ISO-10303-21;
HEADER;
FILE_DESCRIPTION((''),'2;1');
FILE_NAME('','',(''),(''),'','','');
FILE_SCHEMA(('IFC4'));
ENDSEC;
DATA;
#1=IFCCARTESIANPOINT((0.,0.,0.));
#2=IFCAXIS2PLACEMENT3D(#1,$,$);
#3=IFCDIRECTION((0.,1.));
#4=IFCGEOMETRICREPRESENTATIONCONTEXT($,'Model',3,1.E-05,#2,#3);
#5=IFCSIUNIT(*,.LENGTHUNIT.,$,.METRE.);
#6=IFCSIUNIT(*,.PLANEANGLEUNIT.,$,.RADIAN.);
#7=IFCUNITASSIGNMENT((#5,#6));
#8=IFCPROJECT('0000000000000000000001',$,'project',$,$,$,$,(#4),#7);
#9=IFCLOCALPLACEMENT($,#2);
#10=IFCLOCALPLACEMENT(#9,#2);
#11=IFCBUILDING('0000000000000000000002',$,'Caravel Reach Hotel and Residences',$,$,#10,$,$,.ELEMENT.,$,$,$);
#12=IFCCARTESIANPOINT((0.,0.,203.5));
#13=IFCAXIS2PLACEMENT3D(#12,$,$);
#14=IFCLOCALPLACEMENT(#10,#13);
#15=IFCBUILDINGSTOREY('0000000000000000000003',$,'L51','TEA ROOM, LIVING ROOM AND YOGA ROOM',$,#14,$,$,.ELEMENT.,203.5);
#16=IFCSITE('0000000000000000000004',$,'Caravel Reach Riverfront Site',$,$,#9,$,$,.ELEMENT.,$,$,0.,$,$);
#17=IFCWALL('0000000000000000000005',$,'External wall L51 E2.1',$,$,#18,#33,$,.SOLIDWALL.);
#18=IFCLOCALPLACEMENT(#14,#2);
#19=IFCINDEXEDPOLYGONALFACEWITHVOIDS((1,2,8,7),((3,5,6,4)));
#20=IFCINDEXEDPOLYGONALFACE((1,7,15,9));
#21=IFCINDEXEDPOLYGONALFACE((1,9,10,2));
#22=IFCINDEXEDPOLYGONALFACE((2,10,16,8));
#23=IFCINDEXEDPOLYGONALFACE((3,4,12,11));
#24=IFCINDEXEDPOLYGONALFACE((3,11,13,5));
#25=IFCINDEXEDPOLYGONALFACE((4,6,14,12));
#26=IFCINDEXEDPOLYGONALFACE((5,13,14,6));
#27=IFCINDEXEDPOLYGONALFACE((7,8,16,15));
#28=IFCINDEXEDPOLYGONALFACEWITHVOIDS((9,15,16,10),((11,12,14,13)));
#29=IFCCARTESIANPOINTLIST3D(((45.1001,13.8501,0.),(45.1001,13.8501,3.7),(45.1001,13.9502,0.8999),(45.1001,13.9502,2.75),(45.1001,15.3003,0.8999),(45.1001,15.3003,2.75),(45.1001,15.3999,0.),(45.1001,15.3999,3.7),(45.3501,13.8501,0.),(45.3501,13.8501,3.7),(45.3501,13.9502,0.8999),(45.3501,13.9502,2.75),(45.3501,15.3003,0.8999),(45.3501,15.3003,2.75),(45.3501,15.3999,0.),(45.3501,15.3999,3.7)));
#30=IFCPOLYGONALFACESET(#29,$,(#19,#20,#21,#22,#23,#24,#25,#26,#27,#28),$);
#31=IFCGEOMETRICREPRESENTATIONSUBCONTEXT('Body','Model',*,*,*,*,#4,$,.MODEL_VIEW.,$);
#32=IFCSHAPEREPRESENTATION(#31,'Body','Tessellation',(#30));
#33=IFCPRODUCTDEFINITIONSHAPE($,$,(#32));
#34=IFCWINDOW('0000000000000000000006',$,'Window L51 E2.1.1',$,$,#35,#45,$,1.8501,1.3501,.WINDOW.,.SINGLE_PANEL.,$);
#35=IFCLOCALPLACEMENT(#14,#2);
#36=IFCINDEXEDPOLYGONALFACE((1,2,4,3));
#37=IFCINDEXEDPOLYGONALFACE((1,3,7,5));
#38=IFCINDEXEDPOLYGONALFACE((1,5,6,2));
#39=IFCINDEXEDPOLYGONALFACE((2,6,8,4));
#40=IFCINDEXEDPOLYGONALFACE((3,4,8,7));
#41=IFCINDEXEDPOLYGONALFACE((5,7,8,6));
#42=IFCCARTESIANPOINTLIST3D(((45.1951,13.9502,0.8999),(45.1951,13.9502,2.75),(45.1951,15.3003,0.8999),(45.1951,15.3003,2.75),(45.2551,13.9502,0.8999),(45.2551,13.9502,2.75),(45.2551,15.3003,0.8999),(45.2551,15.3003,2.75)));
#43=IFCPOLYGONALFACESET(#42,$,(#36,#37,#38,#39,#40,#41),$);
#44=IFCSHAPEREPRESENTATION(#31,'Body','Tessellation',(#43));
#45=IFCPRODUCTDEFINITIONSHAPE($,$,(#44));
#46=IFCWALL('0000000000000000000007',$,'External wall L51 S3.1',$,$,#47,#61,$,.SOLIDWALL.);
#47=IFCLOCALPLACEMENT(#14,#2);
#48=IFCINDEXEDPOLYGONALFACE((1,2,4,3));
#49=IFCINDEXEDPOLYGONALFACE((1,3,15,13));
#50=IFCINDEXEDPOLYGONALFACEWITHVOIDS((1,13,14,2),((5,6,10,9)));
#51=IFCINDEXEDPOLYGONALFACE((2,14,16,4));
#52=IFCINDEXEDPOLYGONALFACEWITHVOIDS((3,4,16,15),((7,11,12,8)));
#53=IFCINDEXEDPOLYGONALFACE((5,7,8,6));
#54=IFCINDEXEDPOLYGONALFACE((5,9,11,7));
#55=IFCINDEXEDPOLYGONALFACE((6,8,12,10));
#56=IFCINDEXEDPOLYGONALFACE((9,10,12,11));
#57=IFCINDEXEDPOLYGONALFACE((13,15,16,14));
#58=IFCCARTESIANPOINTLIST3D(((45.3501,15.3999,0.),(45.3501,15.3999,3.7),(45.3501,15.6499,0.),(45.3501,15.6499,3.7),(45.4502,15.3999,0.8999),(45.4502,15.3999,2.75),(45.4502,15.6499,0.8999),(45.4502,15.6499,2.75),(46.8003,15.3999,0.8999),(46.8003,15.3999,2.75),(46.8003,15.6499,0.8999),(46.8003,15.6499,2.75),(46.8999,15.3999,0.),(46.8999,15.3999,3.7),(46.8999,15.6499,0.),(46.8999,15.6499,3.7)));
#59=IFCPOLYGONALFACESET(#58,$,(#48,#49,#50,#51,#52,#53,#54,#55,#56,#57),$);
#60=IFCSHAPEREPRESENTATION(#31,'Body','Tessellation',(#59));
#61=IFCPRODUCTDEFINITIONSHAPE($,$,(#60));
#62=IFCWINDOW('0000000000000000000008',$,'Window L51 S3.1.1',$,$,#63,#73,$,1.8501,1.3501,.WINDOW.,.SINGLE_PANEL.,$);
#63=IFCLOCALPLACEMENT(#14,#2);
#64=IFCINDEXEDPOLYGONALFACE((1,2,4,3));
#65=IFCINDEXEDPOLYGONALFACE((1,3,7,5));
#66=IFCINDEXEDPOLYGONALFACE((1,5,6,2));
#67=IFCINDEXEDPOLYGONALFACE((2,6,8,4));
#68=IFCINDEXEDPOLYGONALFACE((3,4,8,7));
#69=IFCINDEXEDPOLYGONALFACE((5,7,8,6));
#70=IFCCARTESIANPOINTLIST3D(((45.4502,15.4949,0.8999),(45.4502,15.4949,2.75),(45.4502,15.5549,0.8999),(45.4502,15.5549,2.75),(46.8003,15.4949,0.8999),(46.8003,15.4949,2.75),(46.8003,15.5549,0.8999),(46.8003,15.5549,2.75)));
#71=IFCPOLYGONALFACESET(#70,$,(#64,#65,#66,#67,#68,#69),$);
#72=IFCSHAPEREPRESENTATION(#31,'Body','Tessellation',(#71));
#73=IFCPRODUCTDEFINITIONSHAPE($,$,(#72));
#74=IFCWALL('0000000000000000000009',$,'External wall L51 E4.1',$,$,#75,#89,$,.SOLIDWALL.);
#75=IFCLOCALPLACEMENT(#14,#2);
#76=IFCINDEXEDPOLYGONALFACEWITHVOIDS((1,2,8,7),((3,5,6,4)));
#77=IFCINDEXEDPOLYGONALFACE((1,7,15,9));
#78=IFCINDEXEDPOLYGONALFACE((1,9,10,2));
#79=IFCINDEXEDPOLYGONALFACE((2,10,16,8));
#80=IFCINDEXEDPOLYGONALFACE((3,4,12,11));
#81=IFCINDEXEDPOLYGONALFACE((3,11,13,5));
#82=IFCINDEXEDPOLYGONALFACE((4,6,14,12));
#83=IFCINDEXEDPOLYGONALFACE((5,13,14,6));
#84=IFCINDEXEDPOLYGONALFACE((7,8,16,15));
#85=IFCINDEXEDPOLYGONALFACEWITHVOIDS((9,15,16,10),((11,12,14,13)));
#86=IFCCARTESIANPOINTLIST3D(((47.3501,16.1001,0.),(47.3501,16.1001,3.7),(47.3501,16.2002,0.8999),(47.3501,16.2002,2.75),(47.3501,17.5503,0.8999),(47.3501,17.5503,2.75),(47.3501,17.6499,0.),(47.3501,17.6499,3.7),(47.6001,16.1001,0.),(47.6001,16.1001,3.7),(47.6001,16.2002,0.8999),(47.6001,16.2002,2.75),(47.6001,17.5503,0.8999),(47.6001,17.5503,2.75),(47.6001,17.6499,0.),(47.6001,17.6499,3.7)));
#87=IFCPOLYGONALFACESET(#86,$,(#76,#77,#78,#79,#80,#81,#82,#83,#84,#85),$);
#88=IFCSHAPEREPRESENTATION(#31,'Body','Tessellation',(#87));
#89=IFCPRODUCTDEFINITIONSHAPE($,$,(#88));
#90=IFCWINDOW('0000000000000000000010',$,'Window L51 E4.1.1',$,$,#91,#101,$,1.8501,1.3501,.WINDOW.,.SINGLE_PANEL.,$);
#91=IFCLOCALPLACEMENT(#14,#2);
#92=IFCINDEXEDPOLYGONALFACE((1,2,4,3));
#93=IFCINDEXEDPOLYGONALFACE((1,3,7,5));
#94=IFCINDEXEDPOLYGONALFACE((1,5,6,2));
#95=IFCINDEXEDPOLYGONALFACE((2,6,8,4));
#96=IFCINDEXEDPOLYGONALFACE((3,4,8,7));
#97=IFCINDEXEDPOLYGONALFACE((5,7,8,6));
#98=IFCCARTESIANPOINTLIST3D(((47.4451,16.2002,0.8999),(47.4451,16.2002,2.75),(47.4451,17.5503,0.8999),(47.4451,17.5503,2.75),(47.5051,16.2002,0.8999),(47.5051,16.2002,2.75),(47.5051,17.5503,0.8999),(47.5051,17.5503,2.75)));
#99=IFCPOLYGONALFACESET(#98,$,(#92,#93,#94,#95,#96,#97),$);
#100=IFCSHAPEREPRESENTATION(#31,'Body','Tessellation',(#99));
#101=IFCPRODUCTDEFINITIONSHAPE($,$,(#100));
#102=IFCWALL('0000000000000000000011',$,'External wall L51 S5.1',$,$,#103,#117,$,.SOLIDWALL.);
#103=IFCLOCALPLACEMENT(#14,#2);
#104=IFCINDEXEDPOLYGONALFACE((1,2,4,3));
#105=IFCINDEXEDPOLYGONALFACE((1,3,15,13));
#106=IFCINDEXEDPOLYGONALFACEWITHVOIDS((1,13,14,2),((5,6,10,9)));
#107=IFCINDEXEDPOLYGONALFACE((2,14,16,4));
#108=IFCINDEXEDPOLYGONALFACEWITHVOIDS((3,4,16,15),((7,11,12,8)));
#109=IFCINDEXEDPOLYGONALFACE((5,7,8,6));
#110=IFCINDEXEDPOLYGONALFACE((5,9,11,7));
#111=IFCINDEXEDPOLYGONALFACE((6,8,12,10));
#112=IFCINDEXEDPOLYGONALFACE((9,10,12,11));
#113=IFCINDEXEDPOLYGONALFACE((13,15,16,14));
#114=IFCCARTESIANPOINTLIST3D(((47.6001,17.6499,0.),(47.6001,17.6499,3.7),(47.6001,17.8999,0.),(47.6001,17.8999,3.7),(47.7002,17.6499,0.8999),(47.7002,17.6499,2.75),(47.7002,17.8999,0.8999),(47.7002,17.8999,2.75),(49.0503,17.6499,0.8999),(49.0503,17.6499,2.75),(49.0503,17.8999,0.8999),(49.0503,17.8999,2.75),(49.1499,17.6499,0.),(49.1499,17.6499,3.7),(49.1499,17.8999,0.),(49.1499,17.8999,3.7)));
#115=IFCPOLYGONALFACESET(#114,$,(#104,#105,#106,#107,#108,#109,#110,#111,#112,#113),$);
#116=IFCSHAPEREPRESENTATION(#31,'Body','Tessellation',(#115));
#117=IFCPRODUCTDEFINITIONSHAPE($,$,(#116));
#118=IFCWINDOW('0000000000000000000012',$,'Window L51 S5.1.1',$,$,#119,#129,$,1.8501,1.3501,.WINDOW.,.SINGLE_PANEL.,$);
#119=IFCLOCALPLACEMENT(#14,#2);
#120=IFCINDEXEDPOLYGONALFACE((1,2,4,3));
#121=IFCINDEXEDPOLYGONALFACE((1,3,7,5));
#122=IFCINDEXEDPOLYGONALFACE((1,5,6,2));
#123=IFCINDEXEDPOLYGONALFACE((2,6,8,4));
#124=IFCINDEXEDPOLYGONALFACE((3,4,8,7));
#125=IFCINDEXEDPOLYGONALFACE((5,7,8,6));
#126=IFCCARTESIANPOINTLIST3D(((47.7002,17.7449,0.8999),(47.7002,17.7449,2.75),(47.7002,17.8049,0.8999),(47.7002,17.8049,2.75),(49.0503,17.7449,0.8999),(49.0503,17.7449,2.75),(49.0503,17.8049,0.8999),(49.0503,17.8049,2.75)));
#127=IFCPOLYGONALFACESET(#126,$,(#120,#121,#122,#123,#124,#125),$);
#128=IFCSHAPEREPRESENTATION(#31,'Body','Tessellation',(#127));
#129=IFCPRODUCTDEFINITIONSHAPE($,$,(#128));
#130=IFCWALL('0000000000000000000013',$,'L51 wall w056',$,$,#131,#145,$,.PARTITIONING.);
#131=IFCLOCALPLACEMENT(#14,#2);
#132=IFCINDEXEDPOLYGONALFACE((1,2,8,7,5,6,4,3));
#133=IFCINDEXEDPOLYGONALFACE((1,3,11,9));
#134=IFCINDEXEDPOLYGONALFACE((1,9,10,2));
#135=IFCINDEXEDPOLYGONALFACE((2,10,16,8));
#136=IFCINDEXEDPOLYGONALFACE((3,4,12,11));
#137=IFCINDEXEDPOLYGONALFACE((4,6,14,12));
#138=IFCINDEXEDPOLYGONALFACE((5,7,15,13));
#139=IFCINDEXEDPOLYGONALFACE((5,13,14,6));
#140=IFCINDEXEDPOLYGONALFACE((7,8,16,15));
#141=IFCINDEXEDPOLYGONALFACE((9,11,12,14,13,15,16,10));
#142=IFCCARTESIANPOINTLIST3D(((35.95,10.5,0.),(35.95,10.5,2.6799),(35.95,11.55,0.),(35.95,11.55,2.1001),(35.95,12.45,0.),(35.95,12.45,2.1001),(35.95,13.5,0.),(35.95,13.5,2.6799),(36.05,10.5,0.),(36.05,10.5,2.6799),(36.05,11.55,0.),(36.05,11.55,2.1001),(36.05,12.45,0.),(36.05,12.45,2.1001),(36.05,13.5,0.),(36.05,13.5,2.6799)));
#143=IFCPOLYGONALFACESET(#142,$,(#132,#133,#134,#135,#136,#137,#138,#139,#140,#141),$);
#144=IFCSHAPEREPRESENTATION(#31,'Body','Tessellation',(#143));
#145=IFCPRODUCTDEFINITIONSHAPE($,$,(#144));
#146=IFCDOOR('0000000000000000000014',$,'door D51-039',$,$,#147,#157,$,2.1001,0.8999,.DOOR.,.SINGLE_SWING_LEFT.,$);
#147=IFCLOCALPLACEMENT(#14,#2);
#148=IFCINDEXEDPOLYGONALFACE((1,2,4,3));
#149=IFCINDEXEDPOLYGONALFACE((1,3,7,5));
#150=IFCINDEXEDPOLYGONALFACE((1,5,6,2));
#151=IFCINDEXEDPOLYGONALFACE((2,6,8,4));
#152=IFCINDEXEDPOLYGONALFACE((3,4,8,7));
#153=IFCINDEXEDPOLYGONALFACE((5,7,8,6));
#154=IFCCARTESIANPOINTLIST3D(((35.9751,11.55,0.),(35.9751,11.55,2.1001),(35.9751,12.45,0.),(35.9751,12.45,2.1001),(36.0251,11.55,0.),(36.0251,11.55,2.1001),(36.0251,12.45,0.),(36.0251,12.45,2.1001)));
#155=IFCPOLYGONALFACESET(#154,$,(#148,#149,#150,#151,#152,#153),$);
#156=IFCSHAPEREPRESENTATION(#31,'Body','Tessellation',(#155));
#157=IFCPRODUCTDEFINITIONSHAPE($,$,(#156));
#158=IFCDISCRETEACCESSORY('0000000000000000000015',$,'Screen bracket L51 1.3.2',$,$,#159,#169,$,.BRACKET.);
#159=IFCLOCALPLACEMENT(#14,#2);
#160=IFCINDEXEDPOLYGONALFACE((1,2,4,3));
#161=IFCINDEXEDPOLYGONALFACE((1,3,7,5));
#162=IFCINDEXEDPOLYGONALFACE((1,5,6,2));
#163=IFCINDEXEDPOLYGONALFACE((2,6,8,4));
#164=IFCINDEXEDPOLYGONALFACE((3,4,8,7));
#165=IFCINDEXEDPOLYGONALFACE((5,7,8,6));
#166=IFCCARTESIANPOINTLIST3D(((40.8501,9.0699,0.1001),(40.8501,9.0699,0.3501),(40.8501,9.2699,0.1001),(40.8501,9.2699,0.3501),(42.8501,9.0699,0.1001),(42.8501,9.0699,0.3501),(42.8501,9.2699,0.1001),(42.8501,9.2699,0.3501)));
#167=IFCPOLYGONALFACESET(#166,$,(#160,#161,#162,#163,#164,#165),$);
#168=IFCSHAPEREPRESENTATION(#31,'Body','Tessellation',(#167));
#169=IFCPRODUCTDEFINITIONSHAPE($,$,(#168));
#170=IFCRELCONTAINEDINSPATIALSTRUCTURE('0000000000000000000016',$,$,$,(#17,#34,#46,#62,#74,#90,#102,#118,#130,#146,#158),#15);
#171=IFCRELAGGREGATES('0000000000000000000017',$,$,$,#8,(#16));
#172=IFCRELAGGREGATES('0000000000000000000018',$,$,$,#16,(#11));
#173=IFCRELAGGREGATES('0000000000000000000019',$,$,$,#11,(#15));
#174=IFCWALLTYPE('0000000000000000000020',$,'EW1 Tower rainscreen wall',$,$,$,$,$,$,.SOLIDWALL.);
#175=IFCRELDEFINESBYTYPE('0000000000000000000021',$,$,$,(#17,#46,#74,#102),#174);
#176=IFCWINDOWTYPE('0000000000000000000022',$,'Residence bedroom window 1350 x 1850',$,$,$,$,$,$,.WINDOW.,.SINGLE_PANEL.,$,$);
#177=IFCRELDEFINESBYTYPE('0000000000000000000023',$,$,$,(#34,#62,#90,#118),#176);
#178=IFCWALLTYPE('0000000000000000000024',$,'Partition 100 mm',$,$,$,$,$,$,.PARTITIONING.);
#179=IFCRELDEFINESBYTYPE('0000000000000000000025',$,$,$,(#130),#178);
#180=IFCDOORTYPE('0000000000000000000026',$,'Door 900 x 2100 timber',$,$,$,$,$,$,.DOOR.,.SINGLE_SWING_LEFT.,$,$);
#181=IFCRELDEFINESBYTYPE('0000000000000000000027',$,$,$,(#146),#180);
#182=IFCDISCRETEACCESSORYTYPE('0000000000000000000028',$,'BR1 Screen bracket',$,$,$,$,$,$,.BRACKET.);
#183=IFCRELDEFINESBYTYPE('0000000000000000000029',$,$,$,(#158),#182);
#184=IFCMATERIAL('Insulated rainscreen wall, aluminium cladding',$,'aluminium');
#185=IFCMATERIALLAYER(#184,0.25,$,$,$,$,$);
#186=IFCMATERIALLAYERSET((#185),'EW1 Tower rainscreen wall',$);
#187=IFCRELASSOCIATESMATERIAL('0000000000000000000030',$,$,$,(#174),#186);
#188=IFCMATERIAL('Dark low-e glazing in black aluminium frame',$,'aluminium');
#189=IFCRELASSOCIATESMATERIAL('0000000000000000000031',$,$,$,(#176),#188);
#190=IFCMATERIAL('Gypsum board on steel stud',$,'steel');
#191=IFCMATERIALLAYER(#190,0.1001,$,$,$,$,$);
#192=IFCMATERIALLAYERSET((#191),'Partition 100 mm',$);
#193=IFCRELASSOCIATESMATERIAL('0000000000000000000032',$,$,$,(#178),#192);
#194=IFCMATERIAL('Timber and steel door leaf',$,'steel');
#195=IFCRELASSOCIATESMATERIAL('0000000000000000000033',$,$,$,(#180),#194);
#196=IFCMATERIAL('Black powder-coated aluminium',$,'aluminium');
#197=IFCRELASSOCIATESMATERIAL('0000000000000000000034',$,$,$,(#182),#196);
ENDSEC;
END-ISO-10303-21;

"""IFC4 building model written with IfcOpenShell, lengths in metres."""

from ifc_helpers import new_model, si_unit, direction, frame, frame_2d, origin, origin_2d, place, context, subcontext, project, spatial, rectangle, extrude, material, layer, layer_set, type_object, element, fill, save


model = new_model("IFC4")

# Units and contexts
model_context = context("Model", 3, precision=1e-05, world=origin(), true_north=direction((0.0, 1.0)))
body_context = subcontext(model_context, "Body", "Model", "MODEL_VIEW")
ifc_project = project(units=[si_unit("LENGTHUNIT", "METRE"), si_unit("PLANEANGLEUNIT", "RADIAN")], contexts=[model_context])

# Site, building, storey
site_placement = place(None, origin())
site = spatial("IfcSite", under=ifc_project, at=site_placement, Name="Caravel Reach Riverfront Site", CompositionType="ELEMENT", RefElevation=0.0)
building_placement = place(site_placement, origin())
building = spatial("IfcBuilding", under=site, at=building_placement, Name="Caravel Reach Hotel and Residences", CompositionType="ELEMENT")
storey_placement = place(building_placement, frame((0.0, 0.0, 203.5)))
storey = spatial("IfcBuildingStorey", under=building, at=storey_placement, Name="L51", Description="TEA ROOM, LIVING ROOM AND YOGA ROOM", CompositionType="ELEMENT", Elevation=203.5)

# Walls, openings, windows
ifc_material_1 = material(Name="Insulated rainscreen wall, aluminium cladding", Category="aluminium")
ifc_layer_1 = layer(ifc_material_1, 0.25)
ifc_layer_set_1 = layer_set([ifc_layer_1], Name="EW1 Tower rainscreen wall")
wall_type_1 = type_object("IfcWallType", Name="EW1 Tower rainscreen wall", PredefinedType="SOLIDWALL", material=ifc_layer_set_1)
wall_1_placement = place(storey_placement, frame((45.2251, 13.8501, 0.0), z_axis=(0.0, 0.0, 1.0), x_axis=(0.0, 1.0, 0.0)))
wall_1 = element("IfcWall", 1, at=wall_1_placement, inside=storey, type_object=wall_type_1, Name="External wall L51 E2.1", PredefinedType="SOLIDWALL", context=body_context, shape_type="SweptSolid", body=[
    extrude(rectangle(XDim=1.5498, YDim=0.25, at=frame_2d((0.7749, 0.0))), origin(), (0.0, 0.0, 1.0), 3.7),
])
opening_1_placement = place(wall_1_placement, frame((0.1001, 0.0, 0.8999)))
opening_1 = element("IfcOpeningElement", 2, at=opening_1_placement, cuts=wall_1, PredefinedType="OPENING", context=body_context, shape_type="SweptSolid", body=[
    extrude(rectangle(XDim=1.3501, YDim=1.8501, at=frame_2d((0.675, 0.925))), frame((0.0, 0.135, 0.0), z_axis=(0.0, -1.0, 0.0), x_axis=(1.0, 0.0, 0.0)), (0.0, 0.0, 1.0), 0.27),
])
ifc_material_2 = material(Name="Dark low-e glazing in black aluminium frame", Category="aluminium")
window_type_1 = type_object("IfcWindowType", Name="Residence bedroom window 1350 x 1850", PartitioningType="SINGLE_PANEL", PredefinedType="WINDOW", material=ifc_material_2)
window_1_placement = place(opening_1_placement, origin())
window_1 = element("IfcWindow", 3, at=window_1_placement, inside=storey, type_object=window_type_1, Name="Window L51 E2.1.1", OverallHeight=1.8501, OverallWidth=1.3501, PartitioningType="SINGLE_PANEL", PredefinedType="WINDOW", context=body_context, shape_type="SweptSolid", body=[
    extrude(rectangle(XDim=1.3501, YDim=1.8501, at=frame_2d((0.675, 0.925))), frame((0.0, 0.03, 0.0), z_axis=(0.0, -1.0, 0.0), x_axis=(1.0, 0.0, 0.0)), (0.0, 0.0, 1.0), 0.0601),
])
fill(opening_1, window_1)
wall_2_placement = place(storey_placement, frame((45.3501, 15.5249, 0.0), z_axis=(0.0, 0.0, 1.0), x_axis=(1.0, 0.0, 0.0)))
wall_2 = element("IfcWall", 4, at=wall_2_placement, inside=storey, type_object=wall_type_1, Name="External wall L51 S3.1", PredefinedType="SOLIDWALL", context=body_context, shape_type="SweptSolid", body=[
    extrude(rectangle(XDim=1.5498, YDim=0.25, at=frame_2d((0.7749, 0.0))), origin(), (0.0, 0.0, 1.0), 3.7),
])
opening_2_placement = place(wall_2_placement, frame((0.1001, 0.0, 0.8999)))
opening_2 = element("IfcOpeningElement", 5, at=opening_2_placement, cuts=wall_2, PredefinedType="OPENING", context=body_context, shape_type="SweptSolid", body=[
    extrude(rectangle(XDim=1.3501, YDim=1.8501, at=frame_2d((0.675, 0.925))), frame((0.0, 0.135, 0.0), z_axis=(0.0, -1.0, 0.0), x_axis=(1.0, 0.0, 0.0)), (0.0, 0.0, 1.0), 0.27),
])
window_2_placement = place(opening_2_placement, origin())
window_2 = element("IfcWindow", 6, at=window_2_placement, inside=storey, type_object=window_type_1, Name="Window L51 S3.1.1", OverallHeight=1.8501, OverallWidth=1.3501, PartitioningType="SINGLE_PANEL", PredefinedType="WINDOW", context=body_context, shape_type="SweptSolid", body=[
    extrude(rectangle(XDim=1.3501, YDim=1.8501, at=frame_2d((0.675, 0.925))), frame((0.0, 0.03, 0.0), z_axis=(0.0, -1.0, 0.0), x_axis=(1.0, 0.0, 0.0)), (0.0, 0.0, 1.0), 0.0601),
])
fill(opening_2, window_2)
wall_3_placement = place(storey_placement, frame((47.4751, 16.1001, 0.0), z_axis=(0.0, 0.0, 1.0), x_axis=(0.0, 1.0, 0.0)))
wall_3 = element("IfcWall", 7, at=wall_3_placement, inside=storey, type_object=wall_type_1, Name="External wall L51 E4.1", PredefinedType="SOLIDWALL", context=body_context, shape_type="SweptSolid", body=[
    extrude(rectangle(XDim=1.5498, YDim=0.25, at=frame_2d((0.7749, 0.0))), origin(), (0.0, 0.0, 1.0), 3.7),
])
opening_3_placement = place(wall_3_placement, frame((0.1001, 0.0, 0.8999)))
opening_3 = element("IfcOpeningElement", 8, at=opening_3_placement, cuts=wall_3, PredefinedType="OPENING", context=body_context, shape_type="SweptSolid", body=[
    extrude(rectangle(XDim=1.3501, YDim=1.8501, at=frame_2d((0.675, 0.925))), frame((0.0, 0.135, 0.0), z_axis=(0.0, -1.0, 0.0), x_axis=(1.0, 0.0, 0.0)), (0.0, 0.0, 1.0), 0.27),
])
window_3_placement = place(opening_3_placement, origin())
window_3 = element("IfcWindow", 9, at=window_3_placement, inside=storey, type_object=window_type_1, Name="Window L51 E4.1.1", OverallHeight=1.8501, OverallWidth=1.3501, PartitioningType="SINGLE_PANEL", PredefinedType="WINDOW", context=body_context, shape_type="SweptSolid", body=[
    extrude(rectangle(XDim=1.3501, YDim=1.8501, at=frame_2d((0.675, 0.925))), frame((0.0, 0.03, 0.0), z_axis=(0.0, -1.0, 0.0), x_axis=(1.0, 0.0, 0.0)), (0.0, 0.0, 1.0), 0.0601),
])
fill(opening_3, window_3)
wall_4_placement = place(storey_placement, frame((47.6001, 17.7749, 0.0), z_axis=(0.0, 0.0, 1.0), x_axis=(1.0, 0.0, 0.0)))
wall_4 = element("IfcWall", 10, at=wall_4_placement, inside=storey, type_object=wall_type_1, Name="External wall L51 S5.1", PredefinedType="SOLIDWALL", context=body_context, shape_type="SweptSolid", body=[
    extrude(rectangle(XDim=1.5498, YDim=0.25, at=frame_2d((0.7749, 0.0))), origin(), (0.0, 0.0, 1.0), 3.7),
])
opening_4_placement = place(wall_4_placement, frame((0.1001, 0.0, 0.8999)))
opening_4 = element("IfcOpeningElement", 11, at=opening_4_placement, cuts=wall_4, PredefinedType="OPENING", context=body_context, shape_type="SweptSolid", body=[
    extrude(rectangle(XDim=1.3501, YDim=1.8501, at=frame_2d((0.675, 0.925))), frame((0.0, 0.135, 0.0), z_axis=(0.0, -1.0, 0.0), x_axis=(1.0, 0.0, 0.0)), (0.0, 0.0, 1.0), 0.27),
])
window_4_placement = place(opening_4_placement, origin())
window_4 = element("IfcWindow", 12, at=window_4_placement, inside=storey, type_object=window_type_1, Name="Window L51 S5.1.1", OverallHeight=1.8501, OverallWidth=1.3501, PartitioningType="SINGLE_PANEL", PredefinedType="WINDOW", context=body_context, shape_type="SweptSolid", body=[
    extrude(rectangle(XDim=1.3501, YDim=1.8501, at=frame_2d((0.675, 0.925))), frame((0.0, 0.03, 0.0), z_axis=(0.0, -1.0, 0.0), x_axis=(1.0, 0.0, 0.0)), (0.0, 0.0, 1.0), 0.0601),
])
fill(opening_4, window_4)

# Wall, opening, door
ifc_material_3 = material(Name="Gypsum board on steel stud", Category="steel")
ifc_layer_2 = layer(ifc_material_3, 0.1001)
ifc_layer_set_2 = layer_set([ifc_layer_2], Name="Partition 100 mm")
wall_type_2 = type_object("IfcWallType", Name="Partition 100 mm", PredefinedType="PARTITIONING", material=ifc_layer_set_2)
wall_5_placement = place(storey_placement, frame((36.0, 10.5, 0.0), z_axis=(0.0, 0.0, 1.0), x_axis=(0.0, 1.0, 0.0)))
wall_5 = element("IfcWall", 13, at=wall_5_placement, inside=storey, type_object=wall_type_2, Name="L51 wall w056", PredefinedType="PARTITIONING", context=body_context, shape_type="SweptSolid", body=[
    extrude(rectangle(XDim=3.0, YDim=0.1001, at=frame_2d((1.5, 0.0))), origin(), (0.0, 0.0, 1.0), 2.6799),
])
opening_5_placement = place(wall_5_placement, frame((1.05, 0.0, 0.0)))
opening_5 = element("IfcOpeningElement", 14, at=opening_5_placement, cuts=wall_5, PredefinedType="OPENING", context=body_context, shape_type="SweptSolid", body=[
    extrude(rectangle(XDim=0.8999, YDim=2.1001, at=frame_2d((0.45, 1.05))), frame((0.0, 0.0601, 0.0), z_axis=(0.0, -1.0, 0.0), x_axis=(1.0, 0.0, 0.0)), (0.0, 0.0, 1.0), 0.1201),
])
ifc_material_4 = material(Name="Timber and steel door leaf", Category="steel")
door_type = type_object("IfcDoorType", Name="Door 900 x 2100 timber", OperationType="SINGLE_SWING_LEFT", PredefinedType="DOOR", material=ifc_material_4)
door_placement = place(opening_5_placement, origin())
door = element("IfcDoor", 15, at=door_placement, inside=storey, type_object=door_type, Name="door D51-039", OperationType="SINGLE_SWING_LEFT", OverallHeight=2.1001, OverallWidth=0.8999, PredefinedType="DOOR", context=body_context, shape_type="SweptSolid", body=[
    extrude(rectangle(XDim=0.8999, YDim=2.1001, at=frame_2d((0.45, 1.05))), frame((0.0, 0.0249, 0.0), z_axis=(0.0, -1.0, 0.0), x_axis=(1.0, 0.0, 0.0)), (0.0, 0.0, 1.0), 0.05),
])
fill(opening_5, door)

# Discrete accessory
ifc_material_5 = material(Name="Black powder-coated aluminium", Category="aluminium")
discrete_accessory_type = type_object("IfcDiscreteAccessoryType", Name="BR1 Screen bracket", PredefinedType="BRACKET", material=ifc_material_5)
discrete_accessory_1_placement = place(storey_placement, frame((41.8501, 9.1699, 0.1001), z_axis=(0.0, 0.0, 1.0), x_axis=(1.0, 0.0, 0.0)))
element("IfcDiscreteAccessory", 16, at=discrete_accessory_1_placement, inside=storey, type_object=discrete_accessory_type, Name="Screen bracket L51 1.3.2", PredefinedType="BRACKET", context=body_context, shape_type="SweptSolid", body=[
    extrude(rectangle(XDim=2.0, YDim=0.2, at=origin_2d()), origin(), (0.0, 0.0, 1.0), 0.25),
])

save(model, "model.ifc")
